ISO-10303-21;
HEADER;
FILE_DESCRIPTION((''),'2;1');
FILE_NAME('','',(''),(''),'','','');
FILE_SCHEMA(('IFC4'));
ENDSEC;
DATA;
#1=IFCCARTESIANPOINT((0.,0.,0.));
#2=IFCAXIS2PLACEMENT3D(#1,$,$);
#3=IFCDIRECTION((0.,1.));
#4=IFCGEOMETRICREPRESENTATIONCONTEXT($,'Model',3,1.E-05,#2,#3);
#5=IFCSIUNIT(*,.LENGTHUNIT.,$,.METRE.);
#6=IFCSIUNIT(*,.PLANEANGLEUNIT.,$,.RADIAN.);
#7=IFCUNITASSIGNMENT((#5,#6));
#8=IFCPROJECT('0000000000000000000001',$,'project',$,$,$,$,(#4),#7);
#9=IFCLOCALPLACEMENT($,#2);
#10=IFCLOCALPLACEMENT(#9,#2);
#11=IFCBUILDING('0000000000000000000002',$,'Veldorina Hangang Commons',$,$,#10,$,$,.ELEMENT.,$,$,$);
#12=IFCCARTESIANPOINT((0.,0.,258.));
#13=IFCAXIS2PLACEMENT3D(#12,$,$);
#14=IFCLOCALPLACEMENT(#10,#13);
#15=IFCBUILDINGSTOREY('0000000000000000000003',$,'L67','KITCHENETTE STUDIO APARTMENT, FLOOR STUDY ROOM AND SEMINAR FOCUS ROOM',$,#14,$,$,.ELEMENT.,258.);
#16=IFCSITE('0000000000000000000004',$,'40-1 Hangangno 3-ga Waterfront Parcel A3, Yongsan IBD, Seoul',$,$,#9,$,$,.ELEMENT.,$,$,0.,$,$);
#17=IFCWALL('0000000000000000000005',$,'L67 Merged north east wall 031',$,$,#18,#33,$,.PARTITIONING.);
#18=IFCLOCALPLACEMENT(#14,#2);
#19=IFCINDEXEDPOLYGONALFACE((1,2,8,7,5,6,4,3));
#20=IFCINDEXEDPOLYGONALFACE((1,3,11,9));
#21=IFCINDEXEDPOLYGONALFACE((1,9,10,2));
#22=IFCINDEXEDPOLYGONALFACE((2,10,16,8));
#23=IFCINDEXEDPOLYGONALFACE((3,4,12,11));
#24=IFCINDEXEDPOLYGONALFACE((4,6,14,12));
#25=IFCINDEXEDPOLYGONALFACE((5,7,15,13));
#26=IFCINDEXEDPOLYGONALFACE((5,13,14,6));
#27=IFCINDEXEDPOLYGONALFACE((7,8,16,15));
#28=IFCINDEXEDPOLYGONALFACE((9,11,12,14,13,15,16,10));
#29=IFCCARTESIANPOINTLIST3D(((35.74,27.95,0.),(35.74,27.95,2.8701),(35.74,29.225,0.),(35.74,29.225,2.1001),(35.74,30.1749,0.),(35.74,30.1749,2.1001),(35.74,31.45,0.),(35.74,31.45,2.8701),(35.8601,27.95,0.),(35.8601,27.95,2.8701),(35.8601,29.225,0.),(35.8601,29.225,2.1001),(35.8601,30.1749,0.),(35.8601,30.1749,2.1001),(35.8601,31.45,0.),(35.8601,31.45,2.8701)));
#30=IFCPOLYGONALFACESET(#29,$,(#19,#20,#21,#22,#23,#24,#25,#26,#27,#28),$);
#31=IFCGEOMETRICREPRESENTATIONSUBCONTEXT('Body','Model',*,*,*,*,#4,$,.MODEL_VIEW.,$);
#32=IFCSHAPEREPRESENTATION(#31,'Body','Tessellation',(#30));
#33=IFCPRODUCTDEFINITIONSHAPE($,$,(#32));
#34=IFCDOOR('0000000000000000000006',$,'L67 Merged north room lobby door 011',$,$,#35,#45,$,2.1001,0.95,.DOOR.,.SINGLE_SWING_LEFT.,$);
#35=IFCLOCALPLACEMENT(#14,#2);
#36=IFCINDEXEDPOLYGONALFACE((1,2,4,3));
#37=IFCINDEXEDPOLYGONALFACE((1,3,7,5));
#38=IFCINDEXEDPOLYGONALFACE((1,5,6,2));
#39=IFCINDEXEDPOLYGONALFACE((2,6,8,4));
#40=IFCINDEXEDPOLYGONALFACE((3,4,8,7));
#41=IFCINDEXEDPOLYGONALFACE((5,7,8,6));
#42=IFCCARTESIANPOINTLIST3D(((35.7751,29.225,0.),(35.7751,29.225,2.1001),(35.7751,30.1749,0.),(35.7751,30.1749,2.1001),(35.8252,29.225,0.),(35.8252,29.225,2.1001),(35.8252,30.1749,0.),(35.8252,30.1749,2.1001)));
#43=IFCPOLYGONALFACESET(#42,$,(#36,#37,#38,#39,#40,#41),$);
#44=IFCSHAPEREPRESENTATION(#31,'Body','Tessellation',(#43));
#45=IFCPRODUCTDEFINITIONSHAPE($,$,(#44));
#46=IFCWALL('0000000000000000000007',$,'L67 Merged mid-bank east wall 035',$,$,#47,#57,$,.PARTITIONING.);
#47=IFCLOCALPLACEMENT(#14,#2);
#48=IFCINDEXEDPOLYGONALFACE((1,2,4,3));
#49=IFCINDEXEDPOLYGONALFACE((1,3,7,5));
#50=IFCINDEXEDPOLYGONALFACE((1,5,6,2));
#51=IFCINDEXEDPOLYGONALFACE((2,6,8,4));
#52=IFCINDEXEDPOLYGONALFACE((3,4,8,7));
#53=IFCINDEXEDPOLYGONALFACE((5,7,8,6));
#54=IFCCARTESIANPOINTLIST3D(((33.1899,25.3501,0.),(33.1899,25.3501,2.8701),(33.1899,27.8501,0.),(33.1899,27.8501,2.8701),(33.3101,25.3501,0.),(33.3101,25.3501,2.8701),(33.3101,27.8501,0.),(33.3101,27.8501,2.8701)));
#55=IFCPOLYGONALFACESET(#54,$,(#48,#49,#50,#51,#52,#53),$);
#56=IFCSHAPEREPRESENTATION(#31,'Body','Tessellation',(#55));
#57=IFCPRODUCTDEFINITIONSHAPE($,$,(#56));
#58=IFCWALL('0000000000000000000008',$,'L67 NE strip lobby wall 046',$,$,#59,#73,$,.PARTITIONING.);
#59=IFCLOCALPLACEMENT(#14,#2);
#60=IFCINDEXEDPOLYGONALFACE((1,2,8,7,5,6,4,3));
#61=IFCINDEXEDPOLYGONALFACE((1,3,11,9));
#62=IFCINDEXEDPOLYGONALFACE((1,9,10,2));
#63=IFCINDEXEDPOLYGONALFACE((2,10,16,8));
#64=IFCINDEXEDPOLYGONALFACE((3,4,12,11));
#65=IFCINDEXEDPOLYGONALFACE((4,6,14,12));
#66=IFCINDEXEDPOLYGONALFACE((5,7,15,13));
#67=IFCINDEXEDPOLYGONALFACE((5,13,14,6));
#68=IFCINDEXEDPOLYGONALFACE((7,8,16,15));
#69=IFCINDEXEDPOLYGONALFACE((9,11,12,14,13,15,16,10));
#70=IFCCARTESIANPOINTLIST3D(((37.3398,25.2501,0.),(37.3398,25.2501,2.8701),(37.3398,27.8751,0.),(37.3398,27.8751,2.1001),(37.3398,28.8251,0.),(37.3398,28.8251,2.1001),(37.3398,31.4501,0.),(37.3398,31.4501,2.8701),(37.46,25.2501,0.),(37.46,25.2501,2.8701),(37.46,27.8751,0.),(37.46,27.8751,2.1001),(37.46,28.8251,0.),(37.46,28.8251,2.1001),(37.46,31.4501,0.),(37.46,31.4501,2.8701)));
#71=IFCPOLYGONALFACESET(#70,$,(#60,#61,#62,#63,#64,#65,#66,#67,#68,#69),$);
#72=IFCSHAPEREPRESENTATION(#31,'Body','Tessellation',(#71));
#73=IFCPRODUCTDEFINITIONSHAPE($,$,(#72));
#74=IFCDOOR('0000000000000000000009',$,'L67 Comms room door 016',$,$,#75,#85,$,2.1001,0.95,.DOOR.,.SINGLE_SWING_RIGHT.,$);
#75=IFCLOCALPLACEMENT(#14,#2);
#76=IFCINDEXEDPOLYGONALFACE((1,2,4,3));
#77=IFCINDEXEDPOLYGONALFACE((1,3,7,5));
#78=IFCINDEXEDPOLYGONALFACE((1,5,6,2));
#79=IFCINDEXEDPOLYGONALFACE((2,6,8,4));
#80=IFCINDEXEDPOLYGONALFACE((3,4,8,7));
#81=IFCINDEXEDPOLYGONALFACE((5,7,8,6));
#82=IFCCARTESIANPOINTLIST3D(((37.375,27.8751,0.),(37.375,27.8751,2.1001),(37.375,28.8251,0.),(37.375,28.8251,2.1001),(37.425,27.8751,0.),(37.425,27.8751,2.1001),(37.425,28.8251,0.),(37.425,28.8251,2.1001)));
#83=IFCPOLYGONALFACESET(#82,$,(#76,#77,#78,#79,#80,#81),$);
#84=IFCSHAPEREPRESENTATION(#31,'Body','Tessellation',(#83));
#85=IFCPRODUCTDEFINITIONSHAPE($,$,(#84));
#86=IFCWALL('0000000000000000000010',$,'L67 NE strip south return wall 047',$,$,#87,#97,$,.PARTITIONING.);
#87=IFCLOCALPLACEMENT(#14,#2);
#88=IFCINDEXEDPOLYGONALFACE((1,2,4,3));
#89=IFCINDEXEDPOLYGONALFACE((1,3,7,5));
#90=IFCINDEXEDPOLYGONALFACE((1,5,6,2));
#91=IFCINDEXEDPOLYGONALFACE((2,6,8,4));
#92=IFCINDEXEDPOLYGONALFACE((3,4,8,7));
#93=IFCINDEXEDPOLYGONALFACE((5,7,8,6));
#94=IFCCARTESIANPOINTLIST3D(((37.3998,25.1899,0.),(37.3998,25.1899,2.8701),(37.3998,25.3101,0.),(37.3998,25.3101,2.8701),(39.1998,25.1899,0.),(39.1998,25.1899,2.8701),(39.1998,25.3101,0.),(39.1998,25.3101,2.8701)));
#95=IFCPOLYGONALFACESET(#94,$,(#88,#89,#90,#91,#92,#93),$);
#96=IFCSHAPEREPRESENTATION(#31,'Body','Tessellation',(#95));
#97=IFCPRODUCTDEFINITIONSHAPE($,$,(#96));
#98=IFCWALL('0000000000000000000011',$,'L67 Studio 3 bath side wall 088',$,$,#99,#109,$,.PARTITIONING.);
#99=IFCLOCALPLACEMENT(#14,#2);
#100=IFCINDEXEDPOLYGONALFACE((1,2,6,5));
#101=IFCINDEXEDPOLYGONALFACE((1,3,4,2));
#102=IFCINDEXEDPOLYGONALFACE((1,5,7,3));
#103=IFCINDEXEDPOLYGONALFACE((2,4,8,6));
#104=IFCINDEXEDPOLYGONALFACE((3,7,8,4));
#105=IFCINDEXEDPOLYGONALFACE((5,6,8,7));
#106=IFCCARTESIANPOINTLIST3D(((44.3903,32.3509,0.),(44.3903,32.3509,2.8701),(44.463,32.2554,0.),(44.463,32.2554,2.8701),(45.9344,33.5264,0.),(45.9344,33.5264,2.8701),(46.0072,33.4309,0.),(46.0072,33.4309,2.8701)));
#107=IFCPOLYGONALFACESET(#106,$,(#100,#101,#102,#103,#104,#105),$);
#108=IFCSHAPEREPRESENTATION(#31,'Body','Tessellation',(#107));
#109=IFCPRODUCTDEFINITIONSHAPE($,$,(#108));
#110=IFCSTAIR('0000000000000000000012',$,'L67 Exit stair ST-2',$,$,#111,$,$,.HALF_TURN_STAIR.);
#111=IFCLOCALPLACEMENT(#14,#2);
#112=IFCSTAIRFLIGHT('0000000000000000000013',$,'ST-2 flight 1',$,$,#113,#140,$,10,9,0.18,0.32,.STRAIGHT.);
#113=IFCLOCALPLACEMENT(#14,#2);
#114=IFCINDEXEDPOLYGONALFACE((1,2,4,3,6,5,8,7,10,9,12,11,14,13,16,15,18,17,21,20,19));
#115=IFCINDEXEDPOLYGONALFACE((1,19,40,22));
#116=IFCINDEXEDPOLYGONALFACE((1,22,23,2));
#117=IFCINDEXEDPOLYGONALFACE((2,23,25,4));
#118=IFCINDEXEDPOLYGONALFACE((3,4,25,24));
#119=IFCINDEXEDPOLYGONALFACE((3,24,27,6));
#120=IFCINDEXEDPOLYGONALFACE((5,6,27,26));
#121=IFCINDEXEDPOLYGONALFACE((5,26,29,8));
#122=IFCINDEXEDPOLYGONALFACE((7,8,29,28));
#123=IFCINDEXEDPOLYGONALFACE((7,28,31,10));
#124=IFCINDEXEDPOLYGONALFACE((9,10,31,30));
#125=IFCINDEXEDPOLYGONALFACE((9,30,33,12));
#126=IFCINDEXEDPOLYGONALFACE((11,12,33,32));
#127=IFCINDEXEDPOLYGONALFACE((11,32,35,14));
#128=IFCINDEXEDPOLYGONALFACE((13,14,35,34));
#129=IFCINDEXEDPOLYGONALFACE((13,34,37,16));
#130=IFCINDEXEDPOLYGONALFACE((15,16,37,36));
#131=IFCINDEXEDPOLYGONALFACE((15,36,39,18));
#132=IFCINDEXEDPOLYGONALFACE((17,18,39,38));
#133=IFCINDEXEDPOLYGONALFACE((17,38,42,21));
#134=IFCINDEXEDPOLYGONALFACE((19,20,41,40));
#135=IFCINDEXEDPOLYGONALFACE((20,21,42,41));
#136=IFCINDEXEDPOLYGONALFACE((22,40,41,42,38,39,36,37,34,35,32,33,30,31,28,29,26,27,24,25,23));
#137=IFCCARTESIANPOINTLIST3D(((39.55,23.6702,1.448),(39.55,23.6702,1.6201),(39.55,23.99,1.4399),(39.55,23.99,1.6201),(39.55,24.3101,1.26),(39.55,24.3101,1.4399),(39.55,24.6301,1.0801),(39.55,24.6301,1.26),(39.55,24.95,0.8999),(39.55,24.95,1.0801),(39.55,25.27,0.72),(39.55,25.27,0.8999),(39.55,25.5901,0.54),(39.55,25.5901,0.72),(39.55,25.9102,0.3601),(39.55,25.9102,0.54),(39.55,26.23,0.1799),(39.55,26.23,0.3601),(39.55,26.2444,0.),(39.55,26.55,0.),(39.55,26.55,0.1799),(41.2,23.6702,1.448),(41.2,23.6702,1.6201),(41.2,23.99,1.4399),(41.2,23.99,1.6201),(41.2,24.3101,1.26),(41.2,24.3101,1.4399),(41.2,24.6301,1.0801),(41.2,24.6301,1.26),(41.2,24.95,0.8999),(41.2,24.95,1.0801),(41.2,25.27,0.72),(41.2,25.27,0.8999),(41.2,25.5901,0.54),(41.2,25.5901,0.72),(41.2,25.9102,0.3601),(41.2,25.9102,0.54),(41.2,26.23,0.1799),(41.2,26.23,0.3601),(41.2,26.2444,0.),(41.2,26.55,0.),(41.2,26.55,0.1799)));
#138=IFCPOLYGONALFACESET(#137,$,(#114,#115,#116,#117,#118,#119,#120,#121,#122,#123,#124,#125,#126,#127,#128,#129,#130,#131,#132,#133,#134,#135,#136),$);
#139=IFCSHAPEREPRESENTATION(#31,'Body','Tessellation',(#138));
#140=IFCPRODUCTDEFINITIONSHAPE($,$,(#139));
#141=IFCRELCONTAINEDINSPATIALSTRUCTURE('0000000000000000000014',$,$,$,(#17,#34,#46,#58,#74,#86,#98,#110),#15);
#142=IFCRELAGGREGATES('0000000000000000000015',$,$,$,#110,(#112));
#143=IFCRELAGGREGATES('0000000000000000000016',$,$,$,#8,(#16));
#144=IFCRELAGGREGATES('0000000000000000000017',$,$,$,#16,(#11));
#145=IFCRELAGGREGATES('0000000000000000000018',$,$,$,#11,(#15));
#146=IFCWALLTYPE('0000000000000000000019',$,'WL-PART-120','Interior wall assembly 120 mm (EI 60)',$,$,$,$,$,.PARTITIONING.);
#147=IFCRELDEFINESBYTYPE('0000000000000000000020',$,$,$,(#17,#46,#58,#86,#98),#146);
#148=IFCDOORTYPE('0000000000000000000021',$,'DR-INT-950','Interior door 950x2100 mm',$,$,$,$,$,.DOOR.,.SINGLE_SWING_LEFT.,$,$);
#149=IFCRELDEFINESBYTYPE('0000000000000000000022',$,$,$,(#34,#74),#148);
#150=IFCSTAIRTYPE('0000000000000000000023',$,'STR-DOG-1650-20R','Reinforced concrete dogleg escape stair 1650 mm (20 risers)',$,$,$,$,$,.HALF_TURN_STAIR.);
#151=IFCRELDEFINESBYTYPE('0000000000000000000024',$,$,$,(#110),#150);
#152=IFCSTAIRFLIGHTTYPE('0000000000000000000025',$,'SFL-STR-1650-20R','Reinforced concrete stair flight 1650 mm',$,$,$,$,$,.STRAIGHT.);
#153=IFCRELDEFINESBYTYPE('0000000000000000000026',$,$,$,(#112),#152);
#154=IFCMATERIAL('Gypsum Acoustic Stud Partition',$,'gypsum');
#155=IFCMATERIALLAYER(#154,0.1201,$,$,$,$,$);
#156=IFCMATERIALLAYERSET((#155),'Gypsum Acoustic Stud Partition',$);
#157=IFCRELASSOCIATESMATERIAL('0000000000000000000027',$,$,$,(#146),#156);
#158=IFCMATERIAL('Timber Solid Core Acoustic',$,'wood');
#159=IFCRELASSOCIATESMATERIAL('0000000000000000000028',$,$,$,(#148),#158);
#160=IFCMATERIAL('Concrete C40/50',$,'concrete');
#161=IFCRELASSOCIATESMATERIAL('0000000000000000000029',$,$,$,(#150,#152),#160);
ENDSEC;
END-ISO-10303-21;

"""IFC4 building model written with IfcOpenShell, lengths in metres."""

from ifc_helpers import new_model, si_unit, direction, frame, frame_2d, origin, place, context, subcontext, project, spatial, polyline, rectangle, outline, extrude, material, layer, layer_set, type_object, element, fill, aggregate, save


model = new_model("IFC4")

# Units and contexts
model_context = context("Model", 3, precision=1e-05, world=origin(), true_north=direction((0.0, 1.0)))
body_context = subcontext(model_context, "Body", "Model", "MODEL_VIEW")
ifc_project = project(units=[si_unit("LENGTHUNIT", "METRE"), si_unit("PLANEANGLEUNIT", "RADIAN")], contexts=[model_context])

# Site, building, storey
site_placement = place(None, origin())
site = spatial("IfcSite", under=ifc_project, at=site_placement, Name="40-1 Hangangno 3-ga Waterfront Parcel A3, Yongsan IBD, Seoul", CompositionType="ELEMENT", RefElevation=0.0)
building_placement = place(site_placement, origin())
building = spatial("IfcBuilding", under=site, at=building_placement, Name="Veldorina Hangang Commons", CompositionType="ELEMENT")
storey_placement = place(building_placement, frame((0.0, 0.0, 258.0)))
storey = spatial("IfcBuildingStorey", under=building, at=storey_placement, Name="L67", Description="KITCHENETTE STUDIO APARTMENT, FLOOR STUDY ROOM AND SEMINAR FOCUS ROOM", CompositionType="ELEMENT", Elevation=258.0)

# Wall, opening, door
ifc_material_1 = material(Name="Gypsum Acoustic Stud Partition", Category="gypsum")
ifc_layer_1 = layer(ifc_material_1, 0.1201)
ifc_layer_set_1 = layer_set([ifc_layer_1], Name="Gypsum Acoustic Stud Partition")
wall_type_1 = type_object("IfcWallType", Name="WL-PART-120", Description="Interior wall assembly 120 mm (EI 60)", PredefinedType="PARTITIONING", material=ifc_layer_set_1)
wall_1_placement = place(storey_placement, frame((35.8, 27.95, 0.0), z_axis=(0.0, 0.0, 1.0), x_axis=(0.0, 1.0, 0.0)))
wall_1 = element("IfcWall", 1, at=wall_1_placement, inside=storey, type_object=wall_type_1, Name="L67 Merged north east wall 031", PredefinedType="PARTITIONING", context=body_context, shape_type="SweptSolid", body=[
    extrude(rectangle(XDim=3.5, YDim=0.1201, at=frame_2d((1.75, 0.0))), origin(), (0.0, 0.0, 1.0), 2.8701),
])
opening_1_placement = place(wall_1_placement, frame((1.2749, 0.0, 0.0)))
opening_1 = element("IfcOpeningElement", 2, at=opening_1_placement, cuts=wall_1, PredefinedType="OPENING", context=body_context, shape_type="SweptSolid", body=[
    extrude(rectangle(XDim=0.95, YDim=2.1001, at=frame_2d((0.4751, 1.05))), frame((0.0, 0.0701, 0.0), z_axis=(0.0, -1.0, 0.0), x_axis=(1.0, 0.0, 0.0)), (0.0, 0.0, 1.0), 0.1401),
])
ifc_material_2 = material(Name="Timber Solid Core Acoustic", Category="wood")
door_type_1 = type_object("IfcDoorType", Name="DR-INT-950", Description="Interior door 950x2100 mm", OperationType="SINGLE_SWING_LEFT", PredefinedType="DOOR", material=ifc_material_2)
door_1_placement = place(opening_1_placement, origin())
door_1 = element("IfcDoor", 3, at=door_1_placement, inside=storey, type_object=door_type_1, Name="L67 Merged north room lobby door 011", OperationType="SINGLE_SWING_LEFT", OverallHeight=2.1001, OverallWidth=0.95, PredefinedType="DOOR", context=body_context, shape_type="SweptSolid", body=[
    extrude(rectangle(XDim=0.95, YDim=2.1001, at=frame_2d((0.4751, 1.05))), frame((0.0, 0.0249, 0.0), z_axis=(0.0, -1.0, 0.0), x_axis=(1.0, 0.0, 0.0)), (0.0, 0.0, 1.0), 0.05),
])
fill(opening_1, door_1)

# Wall
wall_2_placement = place(storey_placement, frame((33.25, 25.3501, 0.0), z_axis=(0.0, 0.0, 1.0), x_axis=(0.0, 1.0, 0.0)))
element("IfcWall", 4, at=wall_2_placement, inside=storey, type_object=wall_type_1, Name="L67 Merged mid-bank east wall 035", PredefinedType="PARTITIONING", context=body_context, shape_type="SweptSolid", body=[
    extrude(rectangle(XDim=2.5, YDim=0.1201, at=frame_2d((1.25, 0.0))), origin(), (0.0, 0.0, 1.0), 2.8701),
])

# Wall, opening, door
wall_3_placement = place(storey_placement, frame((37.3999, 25.25, 0.0), z_axis=(0.0, 0.0, 1.0), x_axis=(0.0, 1.0, 0.0)))
wall_3 = element("IfcWall", 5, at=wall_3_placement, inside=storey, type_object=wall_type_1, Name="L67 NE strip lobby wall 046", PredefinedType="PARTITIONING", context=body_context, shape_type="SweptSolid", body=[
    extrude(rectangle(XDim=6.2, YDim=0.1201, at=frame_2d((3.1001, 0.0))), origin(), (0.0, 0.0, 1.0), 2.8701),
])
opening_2_placement = place(wall_3_placement, frame((2.625, 0.0, 0.0)))
opening_2 = element("IfcOpeningElement", 6, at=opening_2_placement, cuts=wall_3, PredefinedType="OPENING", context=body_context, shape_type="SweptSolid", body=[
    extrude(rectangle(XDim=0.95, YDim=2.1001, at=frame_2d((0.4751, 1.05))), frame((0.0, 0.0701, 0.0), z_axis=(0.0, -1.0, 0.0), x_axis=(1.0, 0.0, 0.0)), (0.0, 0.0, 1.0), 0.1401),
])
door_2_placement = place(opening_2_placement, origin())
door_2 = element("IfcDoor", 7, at=door_2_placement, inside=storey, type_object=door_type_1, Name="L67 Comms room door 016", OperationType="SINGLE_SWING_RIGHT", OverallHeight=2.1001, OverallWidth=0.95, PredefinedType="DOOR", context=body_context, shape_type="SweptSolid", body=[
    extrude(rectangle(XDim=0.95, YDim=2.1001, at=frame_2d((0.4751, 1.05))), frame((0.0, 0.0249, 0.0), z_axis=(0.0, -1.0, 0.0), x_axis=(1.0, 0.0, 0.0)), (0.0, 0.0, 1.0), 0.05),
])
fill(opening_2, door_2)

# Walls
wall_4_placement = place(storey_placement, frame((37.3999, 25.25, 0.0), z_axis=(0.0, 0.0, 1.0), x_axis=(1.0, 0.0, 0.0)))
element("IfcWall", 8, at=wall_4_placement, inside=storey, type_object=wall_type_1, Name="L67 NE strip south return wall 047", PredefinedType="PARTITIONING", context=body_context, shape_type="SweptSolid", body=[
    extrude(rectangle(XDim=1.8, YDim=0.1201, at=frame_2d((0.8999, 0.0))), origin(), (0.0, 0.0, 1.0), 2.8701),
])
wall_5_placement = place(storey_placement, frame((44.4268, 32.3032, 0.0), z_axis=(0.0, 0.0, 1.0), x_axis=(0.795677, 0.605721, 0.0)))
element("IfcWall", 9, at=wall_5_placement, inside=storey, type_object=wall_type_1, Name="L67 Studio 3 bath side wall 088", PredefinedType="PARTITIONING", context=body_context, shape_type="SweptSolid", body=[
    extrude(rectangle(XDim=1.9407, YDim=0.1201, at=frame_2d((0.9702, 0.0))), origin(), (0.0, 0.0, 1.0), 2.8701),
])

# Stair, stair flight
ifc_material_3 = material(Name="Concrete C40/50", Category="concrete")
stair_type = type_object("IfcStairType", Name="STR-DOG-1650-20R", Description="Reinforced concrete dogleg escape stair 1650 mm (20 risers)", PredefinedType="HALF_TURN_STAIR", material=ifc_material_3)
stair_placement = place(storey_placement, origin())
stair = element("IfcStair", 10, at=stair_placement, inside=storey, type_object=stair_type, Name="L67 Exit stair ST-2", PredefinedType="HALF_TURN_STAIR")
stair_flight_type = type_object("IfcStairFlightType", Name="SFL-STR-1650-20R", Description="Reinforced concrete stair flight 1650 mm", PredefinedType="STRAIGHT", material=ifc_material_3)
stair_flight_placement = place(storey_placement, frame((40.375, 26.55, 0.0), z_axis=(0.0, 0.0, 1.0), x_axis=(0.0, -1.0, 0.0)))
stair_flight = element("IfcStairFlight", 11, at=stair_flight_placement, type_object=stair_flight_type, Name="ST-2 flight 1", NumberOfRisers=10, NumberOfTreads=9, PredefinedType="STRAIGHT", RiserHeight=0.18, TreadLength=0.32, context=body_context, shape_type="SweptSolid", body=[
    extrude(outline(polyline([(0.0, 0.0), (0.0, 0.1799), (0.3201, 0.1799), (0.3201, 0.3601), (0.6399, 0.3601), (0.6399, 0.54), (0.96, 0.54), (0.96, 0.72), (1.28, 0.72), (1.28, 0.8999), (1.6001, 0.8999), (1.6001, 1.0801), (1.9199, 1.0801), (1.9199, 1.26), (2.24, 1.26), (2.24, 1.4399), (2.5601, 1.4399), (2.5601, 1.6201), (2.8799, 1.6201), (2.8799, 1.8), (2.8799, 1.448), (0.3057, 0.0), (0.0, 0.0)])), frame((0.0, 0.825, 0.0), z_axis=(0.0, -1.0, 0.0), x_axis=(1.0, 0.0, 0.0)), (0.0, 0.0, 1.0), 1.6499),
])
aggregate(stair, [stair_flight])

save(model, "model.ifc")
